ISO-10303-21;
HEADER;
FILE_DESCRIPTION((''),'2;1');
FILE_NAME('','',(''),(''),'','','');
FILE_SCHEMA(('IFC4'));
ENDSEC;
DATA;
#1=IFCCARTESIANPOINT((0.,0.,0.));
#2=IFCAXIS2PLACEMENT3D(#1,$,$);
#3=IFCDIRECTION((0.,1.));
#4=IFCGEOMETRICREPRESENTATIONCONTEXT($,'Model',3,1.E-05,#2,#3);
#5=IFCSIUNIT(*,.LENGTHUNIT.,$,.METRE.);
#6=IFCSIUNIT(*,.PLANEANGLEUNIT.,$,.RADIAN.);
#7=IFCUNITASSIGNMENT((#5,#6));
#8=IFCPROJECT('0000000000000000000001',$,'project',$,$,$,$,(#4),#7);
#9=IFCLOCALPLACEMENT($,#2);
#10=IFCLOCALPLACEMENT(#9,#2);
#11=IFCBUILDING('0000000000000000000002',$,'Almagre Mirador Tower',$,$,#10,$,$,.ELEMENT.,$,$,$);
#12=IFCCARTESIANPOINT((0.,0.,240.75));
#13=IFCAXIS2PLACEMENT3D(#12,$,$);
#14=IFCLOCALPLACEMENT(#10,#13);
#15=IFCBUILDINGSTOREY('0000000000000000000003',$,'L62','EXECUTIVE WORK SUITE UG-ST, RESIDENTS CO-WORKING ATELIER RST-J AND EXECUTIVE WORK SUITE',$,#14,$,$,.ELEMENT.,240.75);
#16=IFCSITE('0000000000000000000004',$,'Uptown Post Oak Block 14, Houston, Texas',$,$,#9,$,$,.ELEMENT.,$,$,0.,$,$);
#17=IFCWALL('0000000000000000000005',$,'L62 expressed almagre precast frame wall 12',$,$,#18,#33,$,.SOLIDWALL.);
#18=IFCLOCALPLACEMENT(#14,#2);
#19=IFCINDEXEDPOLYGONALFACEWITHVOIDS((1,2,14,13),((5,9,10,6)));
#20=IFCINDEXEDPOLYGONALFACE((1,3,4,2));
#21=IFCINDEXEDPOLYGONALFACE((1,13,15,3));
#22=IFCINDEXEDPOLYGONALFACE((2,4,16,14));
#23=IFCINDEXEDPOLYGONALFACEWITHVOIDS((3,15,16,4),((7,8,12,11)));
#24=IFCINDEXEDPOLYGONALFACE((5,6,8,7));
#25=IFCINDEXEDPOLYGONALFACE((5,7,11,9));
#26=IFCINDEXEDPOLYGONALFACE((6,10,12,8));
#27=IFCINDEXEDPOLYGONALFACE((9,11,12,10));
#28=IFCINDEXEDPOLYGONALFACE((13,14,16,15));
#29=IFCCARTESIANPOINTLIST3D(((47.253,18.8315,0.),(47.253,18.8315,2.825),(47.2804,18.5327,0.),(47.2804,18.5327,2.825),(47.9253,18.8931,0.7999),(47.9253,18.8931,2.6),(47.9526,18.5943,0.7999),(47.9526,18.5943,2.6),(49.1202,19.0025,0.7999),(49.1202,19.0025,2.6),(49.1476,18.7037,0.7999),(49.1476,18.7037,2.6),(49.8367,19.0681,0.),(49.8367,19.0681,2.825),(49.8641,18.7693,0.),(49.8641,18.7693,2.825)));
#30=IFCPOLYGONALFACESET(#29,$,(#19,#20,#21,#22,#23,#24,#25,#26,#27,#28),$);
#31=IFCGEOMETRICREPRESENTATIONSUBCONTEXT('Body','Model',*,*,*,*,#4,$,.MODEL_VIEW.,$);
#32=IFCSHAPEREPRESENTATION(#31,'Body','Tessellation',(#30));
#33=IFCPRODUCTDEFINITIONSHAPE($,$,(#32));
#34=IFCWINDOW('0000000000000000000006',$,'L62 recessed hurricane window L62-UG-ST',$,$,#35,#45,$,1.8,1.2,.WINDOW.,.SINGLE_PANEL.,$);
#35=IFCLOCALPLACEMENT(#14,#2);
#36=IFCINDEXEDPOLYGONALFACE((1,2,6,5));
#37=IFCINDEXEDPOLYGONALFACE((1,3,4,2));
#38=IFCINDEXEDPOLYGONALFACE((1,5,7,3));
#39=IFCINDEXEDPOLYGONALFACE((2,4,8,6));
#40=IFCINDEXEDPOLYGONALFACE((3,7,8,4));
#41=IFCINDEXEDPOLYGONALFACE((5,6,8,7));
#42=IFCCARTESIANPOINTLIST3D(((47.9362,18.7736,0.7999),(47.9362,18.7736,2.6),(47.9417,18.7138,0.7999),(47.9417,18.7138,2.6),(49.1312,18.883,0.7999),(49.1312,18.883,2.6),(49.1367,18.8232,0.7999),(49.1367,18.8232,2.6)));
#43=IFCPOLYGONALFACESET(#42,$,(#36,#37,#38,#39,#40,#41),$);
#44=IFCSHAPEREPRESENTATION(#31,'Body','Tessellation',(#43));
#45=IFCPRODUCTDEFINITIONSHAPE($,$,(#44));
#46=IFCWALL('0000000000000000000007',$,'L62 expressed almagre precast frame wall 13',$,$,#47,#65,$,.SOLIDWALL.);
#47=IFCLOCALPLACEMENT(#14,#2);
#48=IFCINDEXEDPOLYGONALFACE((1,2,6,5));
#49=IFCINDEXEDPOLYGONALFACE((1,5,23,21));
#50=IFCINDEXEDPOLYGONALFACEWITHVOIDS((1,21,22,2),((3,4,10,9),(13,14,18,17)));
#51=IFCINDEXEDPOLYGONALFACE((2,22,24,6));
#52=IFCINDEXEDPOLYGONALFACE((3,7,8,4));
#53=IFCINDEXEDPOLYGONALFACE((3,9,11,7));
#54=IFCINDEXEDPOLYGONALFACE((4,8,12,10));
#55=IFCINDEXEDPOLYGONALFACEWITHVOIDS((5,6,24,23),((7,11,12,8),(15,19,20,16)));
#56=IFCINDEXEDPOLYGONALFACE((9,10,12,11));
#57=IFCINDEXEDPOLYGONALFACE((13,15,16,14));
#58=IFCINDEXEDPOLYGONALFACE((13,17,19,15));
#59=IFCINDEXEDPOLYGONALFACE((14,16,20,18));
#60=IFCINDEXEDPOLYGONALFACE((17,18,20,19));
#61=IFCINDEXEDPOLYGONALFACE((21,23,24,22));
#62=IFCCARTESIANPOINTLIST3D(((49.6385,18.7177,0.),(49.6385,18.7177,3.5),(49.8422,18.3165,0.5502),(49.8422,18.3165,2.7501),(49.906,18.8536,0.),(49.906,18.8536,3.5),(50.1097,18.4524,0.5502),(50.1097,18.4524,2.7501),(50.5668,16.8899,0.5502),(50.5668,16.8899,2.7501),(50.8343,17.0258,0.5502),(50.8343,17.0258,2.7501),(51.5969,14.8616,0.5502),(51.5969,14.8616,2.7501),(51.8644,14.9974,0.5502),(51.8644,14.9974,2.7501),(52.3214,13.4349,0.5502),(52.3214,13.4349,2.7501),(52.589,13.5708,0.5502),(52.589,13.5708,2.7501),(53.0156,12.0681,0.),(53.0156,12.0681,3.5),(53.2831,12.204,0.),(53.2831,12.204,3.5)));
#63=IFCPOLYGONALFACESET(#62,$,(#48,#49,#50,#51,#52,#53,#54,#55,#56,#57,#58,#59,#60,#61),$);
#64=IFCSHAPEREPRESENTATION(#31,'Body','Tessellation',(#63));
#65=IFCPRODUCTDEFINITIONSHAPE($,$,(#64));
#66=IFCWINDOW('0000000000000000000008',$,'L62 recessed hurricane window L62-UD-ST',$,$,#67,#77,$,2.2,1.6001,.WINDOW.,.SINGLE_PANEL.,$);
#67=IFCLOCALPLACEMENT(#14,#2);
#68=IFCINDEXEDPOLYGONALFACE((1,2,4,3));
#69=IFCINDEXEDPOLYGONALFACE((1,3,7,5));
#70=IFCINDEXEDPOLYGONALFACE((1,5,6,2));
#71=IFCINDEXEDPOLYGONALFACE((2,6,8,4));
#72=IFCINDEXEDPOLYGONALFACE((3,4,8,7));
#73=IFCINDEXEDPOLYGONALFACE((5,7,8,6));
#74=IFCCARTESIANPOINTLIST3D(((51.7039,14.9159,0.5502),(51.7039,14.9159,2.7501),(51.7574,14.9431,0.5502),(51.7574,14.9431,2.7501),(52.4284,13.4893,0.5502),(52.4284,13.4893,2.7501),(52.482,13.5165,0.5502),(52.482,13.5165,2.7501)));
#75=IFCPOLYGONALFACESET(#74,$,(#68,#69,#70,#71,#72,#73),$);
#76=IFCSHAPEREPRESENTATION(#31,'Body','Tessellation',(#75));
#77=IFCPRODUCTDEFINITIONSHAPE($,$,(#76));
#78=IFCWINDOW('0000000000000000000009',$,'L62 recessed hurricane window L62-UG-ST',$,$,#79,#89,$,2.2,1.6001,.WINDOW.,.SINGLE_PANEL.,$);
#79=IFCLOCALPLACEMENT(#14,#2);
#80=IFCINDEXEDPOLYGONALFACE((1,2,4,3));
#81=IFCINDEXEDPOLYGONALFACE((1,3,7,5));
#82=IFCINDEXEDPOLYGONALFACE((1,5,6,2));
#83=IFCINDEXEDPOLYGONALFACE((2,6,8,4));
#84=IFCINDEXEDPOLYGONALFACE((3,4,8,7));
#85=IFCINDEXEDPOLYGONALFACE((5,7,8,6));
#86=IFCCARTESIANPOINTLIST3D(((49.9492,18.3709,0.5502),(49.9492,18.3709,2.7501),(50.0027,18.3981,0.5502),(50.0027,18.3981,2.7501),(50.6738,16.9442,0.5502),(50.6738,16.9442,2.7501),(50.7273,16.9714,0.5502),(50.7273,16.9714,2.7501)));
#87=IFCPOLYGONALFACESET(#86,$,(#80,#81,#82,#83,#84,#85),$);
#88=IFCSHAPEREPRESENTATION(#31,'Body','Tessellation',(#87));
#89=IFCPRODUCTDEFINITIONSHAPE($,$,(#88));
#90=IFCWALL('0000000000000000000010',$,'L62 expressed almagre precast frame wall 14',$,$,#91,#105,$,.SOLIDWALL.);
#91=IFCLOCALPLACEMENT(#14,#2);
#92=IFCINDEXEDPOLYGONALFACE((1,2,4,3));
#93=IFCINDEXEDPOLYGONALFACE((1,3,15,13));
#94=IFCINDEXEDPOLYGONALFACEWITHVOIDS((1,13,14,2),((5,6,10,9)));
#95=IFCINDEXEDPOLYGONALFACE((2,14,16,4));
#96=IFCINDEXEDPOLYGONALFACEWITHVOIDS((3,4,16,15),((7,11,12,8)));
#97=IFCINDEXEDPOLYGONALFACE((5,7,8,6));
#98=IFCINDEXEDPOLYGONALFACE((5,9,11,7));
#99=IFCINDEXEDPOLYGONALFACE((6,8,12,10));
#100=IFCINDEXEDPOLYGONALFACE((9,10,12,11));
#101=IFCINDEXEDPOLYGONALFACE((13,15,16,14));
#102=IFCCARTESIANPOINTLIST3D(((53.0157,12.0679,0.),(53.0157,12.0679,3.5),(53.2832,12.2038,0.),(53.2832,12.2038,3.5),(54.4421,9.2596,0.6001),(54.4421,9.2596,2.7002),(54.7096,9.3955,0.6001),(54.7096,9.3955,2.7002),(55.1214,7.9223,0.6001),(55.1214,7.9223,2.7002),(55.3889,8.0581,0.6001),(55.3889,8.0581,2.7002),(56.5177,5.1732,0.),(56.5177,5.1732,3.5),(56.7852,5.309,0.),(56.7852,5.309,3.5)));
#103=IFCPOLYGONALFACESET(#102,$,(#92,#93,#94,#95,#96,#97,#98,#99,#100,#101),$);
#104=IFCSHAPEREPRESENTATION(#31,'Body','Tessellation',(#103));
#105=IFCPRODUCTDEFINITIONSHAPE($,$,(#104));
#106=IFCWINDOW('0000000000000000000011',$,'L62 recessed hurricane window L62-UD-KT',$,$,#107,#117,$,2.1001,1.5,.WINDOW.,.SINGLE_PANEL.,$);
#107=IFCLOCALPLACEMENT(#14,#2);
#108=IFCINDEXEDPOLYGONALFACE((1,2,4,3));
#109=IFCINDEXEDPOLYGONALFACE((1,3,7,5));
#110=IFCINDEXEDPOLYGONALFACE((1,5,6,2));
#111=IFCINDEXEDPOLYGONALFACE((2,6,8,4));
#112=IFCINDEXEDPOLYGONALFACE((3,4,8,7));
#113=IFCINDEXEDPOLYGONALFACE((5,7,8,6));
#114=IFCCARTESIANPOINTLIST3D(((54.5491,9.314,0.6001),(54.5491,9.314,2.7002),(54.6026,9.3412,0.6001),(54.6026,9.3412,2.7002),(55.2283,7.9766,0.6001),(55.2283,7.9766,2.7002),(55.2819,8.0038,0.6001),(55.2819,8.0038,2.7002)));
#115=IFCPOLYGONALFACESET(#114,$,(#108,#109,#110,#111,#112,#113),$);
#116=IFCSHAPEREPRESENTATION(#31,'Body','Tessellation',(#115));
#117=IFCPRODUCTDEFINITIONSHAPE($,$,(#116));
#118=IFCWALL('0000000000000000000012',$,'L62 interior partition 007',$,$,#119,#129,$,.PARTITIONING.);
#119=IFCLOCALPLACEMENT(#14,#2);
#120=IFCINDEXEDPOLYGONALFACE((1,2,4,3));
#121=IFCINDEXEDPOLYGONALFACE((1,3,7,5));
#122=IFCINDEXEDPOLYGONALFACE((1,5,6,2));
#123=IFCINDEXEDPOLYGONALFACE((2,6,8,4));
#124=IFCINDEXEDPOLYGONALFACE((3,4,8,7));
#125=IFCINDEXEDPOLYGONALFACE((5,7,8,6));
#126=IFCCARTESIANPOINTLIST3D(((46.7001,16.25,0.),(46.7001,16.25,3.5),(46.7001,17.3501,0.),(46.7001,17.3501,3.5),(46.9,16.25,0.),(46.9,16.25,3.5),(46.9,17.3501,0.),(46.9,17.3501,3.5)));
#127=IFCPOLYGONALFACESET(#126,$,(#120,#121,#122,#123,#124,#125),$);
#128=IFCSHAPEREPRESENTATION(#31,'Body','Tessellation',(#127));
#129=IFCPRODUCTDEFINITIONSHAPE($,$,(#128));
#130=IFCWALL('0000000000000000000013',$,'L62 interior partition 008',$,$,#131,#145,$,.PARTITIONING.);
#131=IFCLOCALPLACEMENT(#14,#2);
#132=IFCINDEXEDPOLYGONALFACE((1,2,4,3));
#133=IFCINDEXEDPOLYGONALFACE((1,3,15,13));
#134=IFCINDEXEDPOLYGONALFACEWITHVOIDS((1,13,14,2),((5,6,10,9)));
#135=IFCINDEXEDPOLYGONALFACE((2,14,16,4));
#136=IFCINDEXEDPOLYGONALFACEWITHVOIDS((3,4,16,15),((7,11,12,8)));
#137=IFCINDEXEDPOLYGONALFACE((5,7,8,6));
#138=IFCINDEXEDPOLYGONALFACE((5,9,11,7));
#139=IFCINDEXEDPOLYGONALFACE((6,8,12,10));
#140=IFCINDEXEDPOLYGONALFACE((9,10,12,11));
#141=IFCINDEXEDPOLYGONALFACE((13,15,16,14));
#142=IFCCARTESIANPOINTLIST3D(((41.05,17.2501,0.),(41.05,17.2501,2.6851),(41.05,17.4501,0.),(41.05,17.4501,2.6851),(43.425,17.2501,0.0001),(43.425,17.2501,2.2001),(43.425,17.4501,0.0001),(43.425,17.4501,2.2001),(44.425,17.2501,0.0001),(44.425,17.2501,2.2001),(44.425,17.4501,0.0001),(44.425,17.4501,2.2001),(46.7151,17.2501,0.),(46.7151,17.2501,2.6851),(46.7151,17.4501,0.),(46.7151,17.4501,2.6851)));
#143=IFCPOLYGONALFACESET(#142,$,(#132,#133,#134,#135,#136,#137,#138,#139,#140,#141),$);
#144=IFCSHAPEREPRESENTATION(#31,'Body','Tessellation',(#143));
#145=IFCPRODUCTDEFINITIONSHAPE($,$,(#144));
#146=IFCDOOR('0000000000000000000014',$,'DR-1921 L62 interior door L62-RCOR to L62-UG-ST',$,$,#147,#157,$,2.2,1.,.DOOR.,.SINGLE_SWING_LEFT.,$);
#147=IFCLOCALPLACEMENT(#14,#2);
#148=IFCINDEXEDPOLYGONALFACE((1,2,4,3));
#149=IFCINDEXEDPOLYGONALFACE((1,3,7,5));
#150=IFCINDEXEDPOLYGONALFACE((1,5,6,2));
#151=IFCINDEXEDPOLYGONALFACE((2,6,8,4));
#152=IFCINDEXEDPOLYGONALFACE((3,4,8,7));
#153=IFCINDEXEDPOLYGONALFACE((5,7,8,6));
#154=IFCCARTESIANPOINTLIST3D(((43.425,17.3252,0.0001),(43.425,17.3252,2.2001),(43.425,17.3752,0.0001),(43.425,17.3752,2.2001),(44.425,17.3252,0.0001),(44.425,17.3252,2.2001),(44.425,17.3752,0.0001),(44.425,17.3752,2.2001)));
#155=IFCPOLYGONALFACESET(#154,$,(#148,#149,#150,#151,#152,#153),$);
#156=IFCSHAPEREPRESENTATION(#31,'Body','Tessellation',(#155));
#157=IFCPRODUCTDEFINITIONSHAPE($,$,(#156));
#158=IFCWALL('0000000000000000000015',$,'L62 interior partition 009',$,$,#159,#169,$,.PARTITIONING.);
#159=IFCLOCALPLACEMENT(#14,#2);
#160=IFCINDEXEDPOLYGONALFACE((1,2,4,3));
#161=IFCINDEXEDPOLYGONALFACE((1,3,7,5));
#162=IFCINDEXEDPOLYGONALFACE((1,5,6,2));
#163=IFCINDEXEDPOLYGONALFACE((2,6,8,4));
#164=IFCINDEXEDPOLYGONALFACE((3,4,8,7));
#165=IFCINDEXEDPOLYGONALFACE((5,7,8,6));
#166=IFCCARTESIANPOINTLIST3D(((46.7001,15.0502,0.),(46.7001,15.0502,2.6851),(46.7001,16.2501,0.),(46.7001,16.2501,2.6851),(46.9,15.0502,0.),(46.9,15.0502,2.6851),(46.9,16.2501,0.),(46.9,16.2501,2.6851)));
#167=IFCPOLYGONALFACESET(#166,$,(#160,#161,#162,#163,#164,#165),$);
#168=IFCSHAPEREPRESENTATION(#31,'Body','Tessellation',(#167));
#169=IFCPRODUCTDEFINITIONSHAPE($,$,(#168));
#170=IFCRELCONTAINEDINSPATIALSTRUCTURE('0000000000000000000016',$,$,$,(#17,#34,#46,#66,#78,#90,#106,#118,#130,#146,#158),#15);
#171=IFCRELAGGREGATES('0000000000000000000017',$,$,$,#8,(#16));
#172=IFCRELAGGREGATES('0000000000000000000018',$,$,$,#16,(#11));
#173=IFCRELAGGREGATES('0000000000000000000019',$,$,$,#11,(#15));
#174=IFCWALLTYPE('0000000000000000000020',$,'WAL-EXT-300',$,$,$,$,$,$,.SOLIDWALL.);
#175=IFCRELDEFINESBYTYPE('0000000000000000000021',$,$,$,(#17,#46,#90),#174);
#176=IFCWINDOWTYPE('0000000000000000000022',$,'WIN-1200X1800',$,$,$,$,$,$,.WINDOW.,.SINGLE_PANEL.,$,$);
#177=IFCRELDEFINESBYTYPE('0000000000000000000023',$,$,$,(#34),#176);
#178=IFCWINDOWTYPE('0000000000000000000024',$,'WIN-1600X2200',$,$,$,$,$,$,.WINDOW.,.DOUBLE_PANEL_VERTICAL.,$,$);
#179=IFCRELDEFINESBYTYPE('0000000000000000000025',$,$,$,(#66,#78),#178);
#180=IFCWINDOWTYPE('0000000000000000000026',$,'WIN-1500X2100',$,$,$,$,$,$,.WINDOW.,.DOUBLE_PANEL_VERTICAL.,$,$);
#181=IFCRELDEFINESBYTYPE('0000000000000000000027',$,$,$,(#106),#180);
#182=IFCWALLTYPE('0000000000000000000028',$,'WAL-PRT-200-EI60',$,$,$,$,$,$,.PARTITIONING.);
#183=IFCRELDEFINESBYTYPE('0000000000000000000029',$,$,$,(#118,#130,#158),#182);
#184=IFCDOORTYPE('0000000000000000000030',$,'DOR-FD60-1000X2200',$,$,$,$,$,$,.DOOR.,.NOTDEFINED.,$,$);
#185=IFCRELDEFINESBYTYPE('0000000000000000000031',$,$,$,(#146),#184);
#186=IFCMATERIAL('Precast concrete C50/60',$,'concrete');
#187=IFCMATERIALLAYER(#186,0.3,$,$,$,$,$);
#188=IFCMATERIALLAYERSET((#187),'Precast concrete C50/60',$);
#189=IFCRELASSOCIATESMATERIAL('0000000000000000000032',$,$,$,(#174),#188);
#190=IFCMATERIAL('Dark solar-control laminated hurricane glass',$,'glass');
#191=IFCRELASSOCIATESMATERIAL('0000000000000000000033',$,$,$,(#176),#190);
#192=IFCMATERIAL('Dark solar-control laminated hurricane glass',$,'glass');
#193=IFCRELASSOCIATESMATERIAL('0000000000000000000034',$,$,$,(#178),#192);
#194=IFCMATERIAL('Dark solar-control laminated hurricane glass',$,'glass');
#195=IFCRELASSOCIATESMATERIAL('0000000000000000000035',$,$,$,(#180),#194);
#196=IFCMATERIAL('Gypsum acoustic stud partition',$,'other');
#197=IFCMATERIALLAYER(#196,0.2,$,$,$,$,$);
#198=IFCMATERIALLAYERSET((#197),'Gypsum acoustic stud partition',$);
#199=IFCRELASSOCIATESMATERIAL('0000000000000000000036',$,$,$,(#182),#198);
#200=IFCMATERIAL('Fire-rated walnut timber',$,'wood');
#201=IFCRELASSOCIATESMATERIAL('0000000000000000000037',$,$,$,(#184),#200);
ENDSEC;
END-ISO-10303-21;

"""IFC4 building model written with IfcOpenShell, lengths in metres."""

from ifc_helpers import new_model, si_unit, direction, frame, frame_2d, origin, place, context, subcontext, project, spatial, rectangle, extrude, material, layer, layer_set, type_object, element, fill, save


model = new_model("IFC4")

# Units and contexts
model_context = context("Model", 3, precision=1e-05, world=origin(), true_north=direction((0.0, 1.0)))
body_context = subcontext(model_context, "Body", "Model", "MODEL_VIEW")
ifc_project = project(units=[si_unit("LENGTHUNIT", "METRE"), si_unit("PLANEANGLEUNIT", "RADIAN")], contexts=[model_context])

# Site, building, storey
site_placement = place(None, origin())
site = spatial("IfcSite", under=ifc_project, at=site_placement, Name="Uptown Post Oak Block 14, Houston, Texas", CompositionType="ELEMENT", RefElevation=0.0)
building_placement = place(site_placement, origin())
building = spatial("IfcBuilding", under=site, at=building_placement, Name="Almagre Mirador Tower", CompositionType="ELEMENT")
storey_placement = place(building_placement, frame((0.0, 0.0, 240.75)))
storey = spatial("IfcBuildingStorey", under=building, at=storey_placement, Name="L62", Description="EXECUTIVE WORK SUITE UG-ST, RESIDENTS CO-WORKING ATELIER RST-J AND EXECUTIVE WORK SUITE", CompositionType="ELEMENT", Elevation=240.75)

# Wall, opening, window
ifc_material_1 = material(Name="Precast concrete C50/60", Category="concrete")
ifc_layer_1 = layer(ifc_material_1, 0.3)
ifc_layer_set_1 = layer_set([ifc_layer_1], Name="Precast concrete C50/60")
wall_type_1 = type_object("IfcWallType", Name="WAL-EXT-300", PredefinedType="SOLIDWALL", material=ifc_layer_set_1)
wall_1_placement = place(storey_placement, frame((47.2666, 18.6821, 0.0), z_axis=(0.0, 0.0, 1.0), x_axis=(0.995834, 0.091181, 0.0)))
wall_1 = element("IfcWall", 1, at=wall_1_placement, inside=storey, type_object=wall_type_1, Name="L62 expressed almagre precast frame wall 12", PredefinedType="SOLIDWALL", context=body_context, shape_type="SweptSolid", body=[
    extrude(rectangle(XDim=2.5945, YDim=0.3, at=frame_2d((1.2974, 0.0))), origin(), (0.0, 0.0, 1.0), 2.825),
])
opening_1_placement = place(wall_1_placement, frame((0.675, 0.0, 0.8)))
opening_1 = element("IfcOpeningElement", 2, at=opening_1_placement, cuts=wall_1, PredefinedType="OPENING", context=body_context, shape_type="SweptSolid", body=[
    extrude(rectangle(XDim=1.2, YDim=1.8, at=frame_2d((0.6001, 0.8999))), frame((0.0, 0.1599, 0.0), z_axis=(0.0, -1.0, 0.0), x_axis=(1.0, 0.0, 0.0)), (0.0, 0.0, 1.0), 0.32),
])
ifc_material_2 = material(Name="Dark solar-control laminated hurricane glass", Category="glass")
window_type_1 = type_object("IfcWindowType", Name="WIN-1200X1800", PartitioningType="SINGLE_PANEL", PredefinedType="WINDOW", material=ifc_material_2)
window_1_placement = place(opening_1_placement, origin())
window_1 = element("IfcWindow", 3, at=window_1_placement, inside=storey, type_object=window_type_1, Name="L62 recessed hurricane window L62-UG-ST", OverallHeight=1.8, OverallWidth=1.2, PartitioningType="SINGLE_PANEL", PredefinedType="WINDOW", context=body_context, shape_type="SweptSolid", body=[
    extrude(rectangle(XDim=1.2, YDim=1.8, at=frame_2d((0.6001, 0.8999))), frame((0.0, 0.03, 0.0), z_axis=(0.0, -1.0, 0.0), x_axis=(1.0, 0.0, 0.0)), (0.0, 0.0, 1.0), 0.0601),
])
fill(opening_1, window_1)

# Wall, openings, windows
wall_2_placement = place(storey_placement, frame((49.7722, 18.7856, 0.0), z_axis=(0.0, 0.0, 1.0), x_axis=(0.452822, -0.891601, 0.0)))
wall_2 = element("IfcWall", 4, at=wall_2_placement, inside=storey, type_object=wall_type_1, Name="L62 expressed almagre precast frame wall 13", PredefinedType="SOLIDWALL", context=body_context, shape_type="SweptSolid", body=[
    extrude(rectangle(XDim=7.458, YDim=0.3, at=frame_2d((3.729, 0.0))), origin(), (0.0, 0.0, 1.0), 3.5),
])
opening_2_placement = place(wall_2_placement, frame((4.325, 0.0, 0.55)))
opening_2 = element("IfcOpeningElement", 5, at=opening_2_placement, cuts=wall_2, PredefinedType="OPENING", context=body_context, shape_type="SweptSolid", body=[
    extrude(rectangle(XDim=1.6001, YDim=2.2, at=frame_2d((0.8, 1.1001))), frame((0.0, 0.1599, 0.0), z_axis=(0.0, -1.0, 0.0), x_axis=(1.0, 0.0, 0.0)), (0.0, 0.0, 1.0), 0.32),
])
opening_3_placement = place(wall_2_placement, frame((0.45, 0.0, 0.55)))
opening_3 = element("IfcOpeningElement", 6, at=opening_3_placement, cuts=wall_2, PredefinedType="OPENING", context=body_context, shape_type="SweptSolid", body=[
    extrude(rectangle(XDim=1.6001, YDim=2.2, at=frame_2d((0.8, 1.1001))), frame((0.0, 0.1599, 0.0), z_axis=(0.0, -1.0, 0.0), x_axis=(1.0, 0.0, 0.0)), (0.0, 0.0, 1.0), 0.32),
])
ifc_material_3 = material(Name="Dark solar-control laminated hurricane glass", Category="glass")
window_type_2 = type_object("IfcWindowType", Name="WIN-1600X2200", PartitioningType="DOUBLE_PANEL_VERTICAL", PredefinedType="WINDOW", material=ifc_material_3)
window_2_placement = place(opening_2_placement, origin())
window_2 = element("IfcWindow", 7, at=window_2_placement, inside=storey, type_object=window_type_2, Name="L62 recessed hurricane window L62-UD-ST", OverallHeight=2.2, OverallWidth=1.6001, PartitioningType="SINGLE_PANEL", PredefinedType="WINDOW", context=body_context, shape_type="SweptSolid", body=[
    extrude(rectangle(XDim=1.6001, YDim=2.2, at=frame_2d((0.8, 1.1001))), frame((0.0, 0.03, 0.0), z_axis=(0.0, -1.0, 0.0), x_axis=(1.0, 0.0, 0.0)), (0.0, 0.0, 1.0), 0.0601),
])
fill(opening_2, window_2)
window_3_placement = place(opening_3_placement, origin())
window_3 = element("IfcWindow", 8, at=window_3_placement, inside=storey, type_object=window_type_2, Name="L62 recessed hurricane window L62-UG-ST", OverallHeight=2.2, OverallWidth=1.6001, PartitioningType="SINGLE_PANEL", PredefinedType="WINDOW", context=body_context, shape_type="SweptSolid", body=[
    extrude(rectangle(XDim=1.6001, YDim=2.2, at=frame_2d((0.8, 1.1001))), frame((0.0, 0.03, 0.0), z_axis=(0.0, -1.0, 0.0), x_axis=(1.0, 0.0, 0.0)), (0.0, 0.0, 1.0), 0.0601),
])
fill(opening_3, window_3)

# Wall, opening, window
wall_3_placement = place(storey_placement, frame((53.1494, 12.136, 0.0), z_axis=(0.0, 0.0, 1.0), x_axis=(0.45285, -0.891587, 0.0)))
wall_3 = element("IfcWall", 9, at=wall_3_placement, inside=storey, type_object=wall_type_1, Name="L62 expressed almagre precast frame wall 14", PredefinedType="SOLIDWALL", context=body_context, shape_type="SweptSolid", body=[
    extrude(rectangle(XDim=7.7332, YDim=0.3, at=frame_2d((3.8667, 0.0))), origin(), (0.0, 0.0, 1.0), 3.5),
])
opening_4_placement = place(wall_3_placement, frame((3.1499, 0.0, 0.6001)))
opening_4 = element("IfcOpeningElement", 10, at=opening_4_placement, cuts=wall_3, PredefinedType="OPENING", context=body_context, shape_type="SweptSolid", body=[
    extrude(rectangle(XDim=1.5, YDim=2.1001, at=frame_2d((0.75, 1.05))), frame((0.0, 0.1599, 0.0), z_axis=(0.0, -1.0, 0.0), x_axis=(1.0, 0.0, 0.0)), (0.0, 0.0, 1.0), 0.32),
])
ifc_material_4 = material(Name="Dark solar-control laminated hurricane glass", Category="glass")
window_type_3 = type_object("IfcWindowType", Name="WIN-1500X2100", PartitioningType="DOUBLE_PANEL_VERTICAL", PredefinedType="WINDOW", material=ifc_material_4)
window_4_placement = place(opening_4_placement, origin())
window_4 = element("IfcWindow", 11, at=window_4_placement, inside=storey, type_object=window_type_3, Name="L62 recessed hurricane window L62-UD-KT", OverallHeight=2.1001, OverallWidth=1.5, PartitioningType="SINGLE_PANEL", PredefinedType="WINDOW", context=body_context, shape_type="SweptSolid", body=[
    extrude(rectangle(XDim=1.5, YDim=2.1001, at=frame_2d((0.75, 1.05))), frame((0.0, 0.03, 0.0), z_axis=(0.0, -1.0, 0.0), x_axis=(1.0, 0.0, 0.0)), (0.0, 0.0, 1.0), 0.0601),
])
fill(opening_4, window_4)

# Wall
ifc_material_5 = material(Name="Gypsum acoustic stud partition", Category="other")
ifc_layer_2 = layer(ifc_material_5, 0.2)
ifc_layer_set_2 = layer_set([ifc_layer_2], Name="Gypsum acoustic stud partition")
wall_type_2 = type_object("IfcWallType", Name="WAL-PRT-200-EI60", PredefinedType="PARTITIONING", material=ifc_layer_set_2)
wall_4_placement = place(storey_placement, frame((46.8, 16.25, 0.0), z_axis=(0.0, 0.0, 1.0), x_axis=(0.0, 1.0, 0.0)))
element("IfcWall", 12, at=wall_4_placement, inside=storey, type_object=wall_type_2, Name="L62 interior partition 007", PredefinedType="PARTITIONING", context=body_context, shape_type="SweptSolid", body=[
    extrude(rectangle(XDim=1.1001, YDim=0.2, at=frame_2d((0.55, 0.0))), origin(), (0.0, 0.0, 1.0), 3.5),
])

# Wall, opening, door
wall_5_placement = place(storey_placement, frame((46.7151, 17.3501, 0.0), z_axis=(0.0, 0.0, 1.0), x_axis=(-1.0, 0.0, 0.0)))
wall_5 = element("IfcWall", 13, at=wall_5_placement, inside=storey, type_object=wall_type_2, Name="L62 interior partition 008", PredefinedType="PARTITIONING", context=body_context, shape_type="SweptSolid", body=[
    extrude(rectangle(XDim=5.665, YDim=0.2, at=frame_2d((2.8325, 0.0))), origin(), (0.0, 0.0, 1.0), 2.6851),
])
opening_5_placement = place(wall_5_placement, frame((2.29, 0.0, 0.0)))
opening_5 = element("IfcOpeningElement", 14, at=opening_5_placement, cuts=wall_5, PredefinedType="OPENING", context=body_context, shape_type="SweptSolid", body=[
    extrude(rectangle(XDim=1.0, YDim=2.2, at=frame_2d((0.5, 1.1001))), frame((0.0, 0.1101, 0.0), z_axis=(0.0, -1.0, 0.0), x_axis=(1.0, 0.0, 0.0)), (0.0, 0.0, 1.0), 0.22),
])
ifc_material_6 = material(Name="Fire-rated walnut timber", Category="wood")
door_type = type_object("IfcDoorType", Name="DOR-FD60-1000X2200", OperationType="NOTDEFINED", PredefinedType="DOOR", material=ifc_material_6)
door_placement = place(opening_5_placement, origin())
door = element("IfcDoor", 15, at=door_placement, inside=storey, type_object=door_type, Name="DR-1921 L62 interior door L62-RCOR to L62-UG-ST", OperationType="SINGLE_SWING_LEFT", OverallHeight=2.2, OverallWidth=1.0, PredefinedType="DOOR", context=body_context, shape_type="SweptSolid", body=[
    extrude(rectangle(XDim=1.0, YDim=2.2, at=frame_2d((0.5, 1.1001))), frame((0.0, 0.0249, 0.0), z_axis=(0.0, -1.0, 0.0), x_axis=(1.0, 0.0, 0.0)), (0.0, 0.0, 1.0), 0.05),
])
fill(opening_5, door)

# Wall
wall_6_placement = place(storey_placement, frame((46.8, 15.05, 0.0), z_axis=(0.0, 0.0, 1.0), x_axis=(0.0, 1.0, 0.0)))
element("IfcWall", 16, at=wall_6_placement, inside=storey, type_object=wall_type_2, Name="L62 interior partition 009", PredefinedType="PARTITIONING", context=body_context, shape_type="SweptSolid", body=[
    extrude(rectangle(XDim=1.2, YDim=0.2, at=frame_2d((0.6001, 0.0))), origin(), (0.0, 0.0, 1.0), 2.6851),
])

save(model, "model.ifc")
